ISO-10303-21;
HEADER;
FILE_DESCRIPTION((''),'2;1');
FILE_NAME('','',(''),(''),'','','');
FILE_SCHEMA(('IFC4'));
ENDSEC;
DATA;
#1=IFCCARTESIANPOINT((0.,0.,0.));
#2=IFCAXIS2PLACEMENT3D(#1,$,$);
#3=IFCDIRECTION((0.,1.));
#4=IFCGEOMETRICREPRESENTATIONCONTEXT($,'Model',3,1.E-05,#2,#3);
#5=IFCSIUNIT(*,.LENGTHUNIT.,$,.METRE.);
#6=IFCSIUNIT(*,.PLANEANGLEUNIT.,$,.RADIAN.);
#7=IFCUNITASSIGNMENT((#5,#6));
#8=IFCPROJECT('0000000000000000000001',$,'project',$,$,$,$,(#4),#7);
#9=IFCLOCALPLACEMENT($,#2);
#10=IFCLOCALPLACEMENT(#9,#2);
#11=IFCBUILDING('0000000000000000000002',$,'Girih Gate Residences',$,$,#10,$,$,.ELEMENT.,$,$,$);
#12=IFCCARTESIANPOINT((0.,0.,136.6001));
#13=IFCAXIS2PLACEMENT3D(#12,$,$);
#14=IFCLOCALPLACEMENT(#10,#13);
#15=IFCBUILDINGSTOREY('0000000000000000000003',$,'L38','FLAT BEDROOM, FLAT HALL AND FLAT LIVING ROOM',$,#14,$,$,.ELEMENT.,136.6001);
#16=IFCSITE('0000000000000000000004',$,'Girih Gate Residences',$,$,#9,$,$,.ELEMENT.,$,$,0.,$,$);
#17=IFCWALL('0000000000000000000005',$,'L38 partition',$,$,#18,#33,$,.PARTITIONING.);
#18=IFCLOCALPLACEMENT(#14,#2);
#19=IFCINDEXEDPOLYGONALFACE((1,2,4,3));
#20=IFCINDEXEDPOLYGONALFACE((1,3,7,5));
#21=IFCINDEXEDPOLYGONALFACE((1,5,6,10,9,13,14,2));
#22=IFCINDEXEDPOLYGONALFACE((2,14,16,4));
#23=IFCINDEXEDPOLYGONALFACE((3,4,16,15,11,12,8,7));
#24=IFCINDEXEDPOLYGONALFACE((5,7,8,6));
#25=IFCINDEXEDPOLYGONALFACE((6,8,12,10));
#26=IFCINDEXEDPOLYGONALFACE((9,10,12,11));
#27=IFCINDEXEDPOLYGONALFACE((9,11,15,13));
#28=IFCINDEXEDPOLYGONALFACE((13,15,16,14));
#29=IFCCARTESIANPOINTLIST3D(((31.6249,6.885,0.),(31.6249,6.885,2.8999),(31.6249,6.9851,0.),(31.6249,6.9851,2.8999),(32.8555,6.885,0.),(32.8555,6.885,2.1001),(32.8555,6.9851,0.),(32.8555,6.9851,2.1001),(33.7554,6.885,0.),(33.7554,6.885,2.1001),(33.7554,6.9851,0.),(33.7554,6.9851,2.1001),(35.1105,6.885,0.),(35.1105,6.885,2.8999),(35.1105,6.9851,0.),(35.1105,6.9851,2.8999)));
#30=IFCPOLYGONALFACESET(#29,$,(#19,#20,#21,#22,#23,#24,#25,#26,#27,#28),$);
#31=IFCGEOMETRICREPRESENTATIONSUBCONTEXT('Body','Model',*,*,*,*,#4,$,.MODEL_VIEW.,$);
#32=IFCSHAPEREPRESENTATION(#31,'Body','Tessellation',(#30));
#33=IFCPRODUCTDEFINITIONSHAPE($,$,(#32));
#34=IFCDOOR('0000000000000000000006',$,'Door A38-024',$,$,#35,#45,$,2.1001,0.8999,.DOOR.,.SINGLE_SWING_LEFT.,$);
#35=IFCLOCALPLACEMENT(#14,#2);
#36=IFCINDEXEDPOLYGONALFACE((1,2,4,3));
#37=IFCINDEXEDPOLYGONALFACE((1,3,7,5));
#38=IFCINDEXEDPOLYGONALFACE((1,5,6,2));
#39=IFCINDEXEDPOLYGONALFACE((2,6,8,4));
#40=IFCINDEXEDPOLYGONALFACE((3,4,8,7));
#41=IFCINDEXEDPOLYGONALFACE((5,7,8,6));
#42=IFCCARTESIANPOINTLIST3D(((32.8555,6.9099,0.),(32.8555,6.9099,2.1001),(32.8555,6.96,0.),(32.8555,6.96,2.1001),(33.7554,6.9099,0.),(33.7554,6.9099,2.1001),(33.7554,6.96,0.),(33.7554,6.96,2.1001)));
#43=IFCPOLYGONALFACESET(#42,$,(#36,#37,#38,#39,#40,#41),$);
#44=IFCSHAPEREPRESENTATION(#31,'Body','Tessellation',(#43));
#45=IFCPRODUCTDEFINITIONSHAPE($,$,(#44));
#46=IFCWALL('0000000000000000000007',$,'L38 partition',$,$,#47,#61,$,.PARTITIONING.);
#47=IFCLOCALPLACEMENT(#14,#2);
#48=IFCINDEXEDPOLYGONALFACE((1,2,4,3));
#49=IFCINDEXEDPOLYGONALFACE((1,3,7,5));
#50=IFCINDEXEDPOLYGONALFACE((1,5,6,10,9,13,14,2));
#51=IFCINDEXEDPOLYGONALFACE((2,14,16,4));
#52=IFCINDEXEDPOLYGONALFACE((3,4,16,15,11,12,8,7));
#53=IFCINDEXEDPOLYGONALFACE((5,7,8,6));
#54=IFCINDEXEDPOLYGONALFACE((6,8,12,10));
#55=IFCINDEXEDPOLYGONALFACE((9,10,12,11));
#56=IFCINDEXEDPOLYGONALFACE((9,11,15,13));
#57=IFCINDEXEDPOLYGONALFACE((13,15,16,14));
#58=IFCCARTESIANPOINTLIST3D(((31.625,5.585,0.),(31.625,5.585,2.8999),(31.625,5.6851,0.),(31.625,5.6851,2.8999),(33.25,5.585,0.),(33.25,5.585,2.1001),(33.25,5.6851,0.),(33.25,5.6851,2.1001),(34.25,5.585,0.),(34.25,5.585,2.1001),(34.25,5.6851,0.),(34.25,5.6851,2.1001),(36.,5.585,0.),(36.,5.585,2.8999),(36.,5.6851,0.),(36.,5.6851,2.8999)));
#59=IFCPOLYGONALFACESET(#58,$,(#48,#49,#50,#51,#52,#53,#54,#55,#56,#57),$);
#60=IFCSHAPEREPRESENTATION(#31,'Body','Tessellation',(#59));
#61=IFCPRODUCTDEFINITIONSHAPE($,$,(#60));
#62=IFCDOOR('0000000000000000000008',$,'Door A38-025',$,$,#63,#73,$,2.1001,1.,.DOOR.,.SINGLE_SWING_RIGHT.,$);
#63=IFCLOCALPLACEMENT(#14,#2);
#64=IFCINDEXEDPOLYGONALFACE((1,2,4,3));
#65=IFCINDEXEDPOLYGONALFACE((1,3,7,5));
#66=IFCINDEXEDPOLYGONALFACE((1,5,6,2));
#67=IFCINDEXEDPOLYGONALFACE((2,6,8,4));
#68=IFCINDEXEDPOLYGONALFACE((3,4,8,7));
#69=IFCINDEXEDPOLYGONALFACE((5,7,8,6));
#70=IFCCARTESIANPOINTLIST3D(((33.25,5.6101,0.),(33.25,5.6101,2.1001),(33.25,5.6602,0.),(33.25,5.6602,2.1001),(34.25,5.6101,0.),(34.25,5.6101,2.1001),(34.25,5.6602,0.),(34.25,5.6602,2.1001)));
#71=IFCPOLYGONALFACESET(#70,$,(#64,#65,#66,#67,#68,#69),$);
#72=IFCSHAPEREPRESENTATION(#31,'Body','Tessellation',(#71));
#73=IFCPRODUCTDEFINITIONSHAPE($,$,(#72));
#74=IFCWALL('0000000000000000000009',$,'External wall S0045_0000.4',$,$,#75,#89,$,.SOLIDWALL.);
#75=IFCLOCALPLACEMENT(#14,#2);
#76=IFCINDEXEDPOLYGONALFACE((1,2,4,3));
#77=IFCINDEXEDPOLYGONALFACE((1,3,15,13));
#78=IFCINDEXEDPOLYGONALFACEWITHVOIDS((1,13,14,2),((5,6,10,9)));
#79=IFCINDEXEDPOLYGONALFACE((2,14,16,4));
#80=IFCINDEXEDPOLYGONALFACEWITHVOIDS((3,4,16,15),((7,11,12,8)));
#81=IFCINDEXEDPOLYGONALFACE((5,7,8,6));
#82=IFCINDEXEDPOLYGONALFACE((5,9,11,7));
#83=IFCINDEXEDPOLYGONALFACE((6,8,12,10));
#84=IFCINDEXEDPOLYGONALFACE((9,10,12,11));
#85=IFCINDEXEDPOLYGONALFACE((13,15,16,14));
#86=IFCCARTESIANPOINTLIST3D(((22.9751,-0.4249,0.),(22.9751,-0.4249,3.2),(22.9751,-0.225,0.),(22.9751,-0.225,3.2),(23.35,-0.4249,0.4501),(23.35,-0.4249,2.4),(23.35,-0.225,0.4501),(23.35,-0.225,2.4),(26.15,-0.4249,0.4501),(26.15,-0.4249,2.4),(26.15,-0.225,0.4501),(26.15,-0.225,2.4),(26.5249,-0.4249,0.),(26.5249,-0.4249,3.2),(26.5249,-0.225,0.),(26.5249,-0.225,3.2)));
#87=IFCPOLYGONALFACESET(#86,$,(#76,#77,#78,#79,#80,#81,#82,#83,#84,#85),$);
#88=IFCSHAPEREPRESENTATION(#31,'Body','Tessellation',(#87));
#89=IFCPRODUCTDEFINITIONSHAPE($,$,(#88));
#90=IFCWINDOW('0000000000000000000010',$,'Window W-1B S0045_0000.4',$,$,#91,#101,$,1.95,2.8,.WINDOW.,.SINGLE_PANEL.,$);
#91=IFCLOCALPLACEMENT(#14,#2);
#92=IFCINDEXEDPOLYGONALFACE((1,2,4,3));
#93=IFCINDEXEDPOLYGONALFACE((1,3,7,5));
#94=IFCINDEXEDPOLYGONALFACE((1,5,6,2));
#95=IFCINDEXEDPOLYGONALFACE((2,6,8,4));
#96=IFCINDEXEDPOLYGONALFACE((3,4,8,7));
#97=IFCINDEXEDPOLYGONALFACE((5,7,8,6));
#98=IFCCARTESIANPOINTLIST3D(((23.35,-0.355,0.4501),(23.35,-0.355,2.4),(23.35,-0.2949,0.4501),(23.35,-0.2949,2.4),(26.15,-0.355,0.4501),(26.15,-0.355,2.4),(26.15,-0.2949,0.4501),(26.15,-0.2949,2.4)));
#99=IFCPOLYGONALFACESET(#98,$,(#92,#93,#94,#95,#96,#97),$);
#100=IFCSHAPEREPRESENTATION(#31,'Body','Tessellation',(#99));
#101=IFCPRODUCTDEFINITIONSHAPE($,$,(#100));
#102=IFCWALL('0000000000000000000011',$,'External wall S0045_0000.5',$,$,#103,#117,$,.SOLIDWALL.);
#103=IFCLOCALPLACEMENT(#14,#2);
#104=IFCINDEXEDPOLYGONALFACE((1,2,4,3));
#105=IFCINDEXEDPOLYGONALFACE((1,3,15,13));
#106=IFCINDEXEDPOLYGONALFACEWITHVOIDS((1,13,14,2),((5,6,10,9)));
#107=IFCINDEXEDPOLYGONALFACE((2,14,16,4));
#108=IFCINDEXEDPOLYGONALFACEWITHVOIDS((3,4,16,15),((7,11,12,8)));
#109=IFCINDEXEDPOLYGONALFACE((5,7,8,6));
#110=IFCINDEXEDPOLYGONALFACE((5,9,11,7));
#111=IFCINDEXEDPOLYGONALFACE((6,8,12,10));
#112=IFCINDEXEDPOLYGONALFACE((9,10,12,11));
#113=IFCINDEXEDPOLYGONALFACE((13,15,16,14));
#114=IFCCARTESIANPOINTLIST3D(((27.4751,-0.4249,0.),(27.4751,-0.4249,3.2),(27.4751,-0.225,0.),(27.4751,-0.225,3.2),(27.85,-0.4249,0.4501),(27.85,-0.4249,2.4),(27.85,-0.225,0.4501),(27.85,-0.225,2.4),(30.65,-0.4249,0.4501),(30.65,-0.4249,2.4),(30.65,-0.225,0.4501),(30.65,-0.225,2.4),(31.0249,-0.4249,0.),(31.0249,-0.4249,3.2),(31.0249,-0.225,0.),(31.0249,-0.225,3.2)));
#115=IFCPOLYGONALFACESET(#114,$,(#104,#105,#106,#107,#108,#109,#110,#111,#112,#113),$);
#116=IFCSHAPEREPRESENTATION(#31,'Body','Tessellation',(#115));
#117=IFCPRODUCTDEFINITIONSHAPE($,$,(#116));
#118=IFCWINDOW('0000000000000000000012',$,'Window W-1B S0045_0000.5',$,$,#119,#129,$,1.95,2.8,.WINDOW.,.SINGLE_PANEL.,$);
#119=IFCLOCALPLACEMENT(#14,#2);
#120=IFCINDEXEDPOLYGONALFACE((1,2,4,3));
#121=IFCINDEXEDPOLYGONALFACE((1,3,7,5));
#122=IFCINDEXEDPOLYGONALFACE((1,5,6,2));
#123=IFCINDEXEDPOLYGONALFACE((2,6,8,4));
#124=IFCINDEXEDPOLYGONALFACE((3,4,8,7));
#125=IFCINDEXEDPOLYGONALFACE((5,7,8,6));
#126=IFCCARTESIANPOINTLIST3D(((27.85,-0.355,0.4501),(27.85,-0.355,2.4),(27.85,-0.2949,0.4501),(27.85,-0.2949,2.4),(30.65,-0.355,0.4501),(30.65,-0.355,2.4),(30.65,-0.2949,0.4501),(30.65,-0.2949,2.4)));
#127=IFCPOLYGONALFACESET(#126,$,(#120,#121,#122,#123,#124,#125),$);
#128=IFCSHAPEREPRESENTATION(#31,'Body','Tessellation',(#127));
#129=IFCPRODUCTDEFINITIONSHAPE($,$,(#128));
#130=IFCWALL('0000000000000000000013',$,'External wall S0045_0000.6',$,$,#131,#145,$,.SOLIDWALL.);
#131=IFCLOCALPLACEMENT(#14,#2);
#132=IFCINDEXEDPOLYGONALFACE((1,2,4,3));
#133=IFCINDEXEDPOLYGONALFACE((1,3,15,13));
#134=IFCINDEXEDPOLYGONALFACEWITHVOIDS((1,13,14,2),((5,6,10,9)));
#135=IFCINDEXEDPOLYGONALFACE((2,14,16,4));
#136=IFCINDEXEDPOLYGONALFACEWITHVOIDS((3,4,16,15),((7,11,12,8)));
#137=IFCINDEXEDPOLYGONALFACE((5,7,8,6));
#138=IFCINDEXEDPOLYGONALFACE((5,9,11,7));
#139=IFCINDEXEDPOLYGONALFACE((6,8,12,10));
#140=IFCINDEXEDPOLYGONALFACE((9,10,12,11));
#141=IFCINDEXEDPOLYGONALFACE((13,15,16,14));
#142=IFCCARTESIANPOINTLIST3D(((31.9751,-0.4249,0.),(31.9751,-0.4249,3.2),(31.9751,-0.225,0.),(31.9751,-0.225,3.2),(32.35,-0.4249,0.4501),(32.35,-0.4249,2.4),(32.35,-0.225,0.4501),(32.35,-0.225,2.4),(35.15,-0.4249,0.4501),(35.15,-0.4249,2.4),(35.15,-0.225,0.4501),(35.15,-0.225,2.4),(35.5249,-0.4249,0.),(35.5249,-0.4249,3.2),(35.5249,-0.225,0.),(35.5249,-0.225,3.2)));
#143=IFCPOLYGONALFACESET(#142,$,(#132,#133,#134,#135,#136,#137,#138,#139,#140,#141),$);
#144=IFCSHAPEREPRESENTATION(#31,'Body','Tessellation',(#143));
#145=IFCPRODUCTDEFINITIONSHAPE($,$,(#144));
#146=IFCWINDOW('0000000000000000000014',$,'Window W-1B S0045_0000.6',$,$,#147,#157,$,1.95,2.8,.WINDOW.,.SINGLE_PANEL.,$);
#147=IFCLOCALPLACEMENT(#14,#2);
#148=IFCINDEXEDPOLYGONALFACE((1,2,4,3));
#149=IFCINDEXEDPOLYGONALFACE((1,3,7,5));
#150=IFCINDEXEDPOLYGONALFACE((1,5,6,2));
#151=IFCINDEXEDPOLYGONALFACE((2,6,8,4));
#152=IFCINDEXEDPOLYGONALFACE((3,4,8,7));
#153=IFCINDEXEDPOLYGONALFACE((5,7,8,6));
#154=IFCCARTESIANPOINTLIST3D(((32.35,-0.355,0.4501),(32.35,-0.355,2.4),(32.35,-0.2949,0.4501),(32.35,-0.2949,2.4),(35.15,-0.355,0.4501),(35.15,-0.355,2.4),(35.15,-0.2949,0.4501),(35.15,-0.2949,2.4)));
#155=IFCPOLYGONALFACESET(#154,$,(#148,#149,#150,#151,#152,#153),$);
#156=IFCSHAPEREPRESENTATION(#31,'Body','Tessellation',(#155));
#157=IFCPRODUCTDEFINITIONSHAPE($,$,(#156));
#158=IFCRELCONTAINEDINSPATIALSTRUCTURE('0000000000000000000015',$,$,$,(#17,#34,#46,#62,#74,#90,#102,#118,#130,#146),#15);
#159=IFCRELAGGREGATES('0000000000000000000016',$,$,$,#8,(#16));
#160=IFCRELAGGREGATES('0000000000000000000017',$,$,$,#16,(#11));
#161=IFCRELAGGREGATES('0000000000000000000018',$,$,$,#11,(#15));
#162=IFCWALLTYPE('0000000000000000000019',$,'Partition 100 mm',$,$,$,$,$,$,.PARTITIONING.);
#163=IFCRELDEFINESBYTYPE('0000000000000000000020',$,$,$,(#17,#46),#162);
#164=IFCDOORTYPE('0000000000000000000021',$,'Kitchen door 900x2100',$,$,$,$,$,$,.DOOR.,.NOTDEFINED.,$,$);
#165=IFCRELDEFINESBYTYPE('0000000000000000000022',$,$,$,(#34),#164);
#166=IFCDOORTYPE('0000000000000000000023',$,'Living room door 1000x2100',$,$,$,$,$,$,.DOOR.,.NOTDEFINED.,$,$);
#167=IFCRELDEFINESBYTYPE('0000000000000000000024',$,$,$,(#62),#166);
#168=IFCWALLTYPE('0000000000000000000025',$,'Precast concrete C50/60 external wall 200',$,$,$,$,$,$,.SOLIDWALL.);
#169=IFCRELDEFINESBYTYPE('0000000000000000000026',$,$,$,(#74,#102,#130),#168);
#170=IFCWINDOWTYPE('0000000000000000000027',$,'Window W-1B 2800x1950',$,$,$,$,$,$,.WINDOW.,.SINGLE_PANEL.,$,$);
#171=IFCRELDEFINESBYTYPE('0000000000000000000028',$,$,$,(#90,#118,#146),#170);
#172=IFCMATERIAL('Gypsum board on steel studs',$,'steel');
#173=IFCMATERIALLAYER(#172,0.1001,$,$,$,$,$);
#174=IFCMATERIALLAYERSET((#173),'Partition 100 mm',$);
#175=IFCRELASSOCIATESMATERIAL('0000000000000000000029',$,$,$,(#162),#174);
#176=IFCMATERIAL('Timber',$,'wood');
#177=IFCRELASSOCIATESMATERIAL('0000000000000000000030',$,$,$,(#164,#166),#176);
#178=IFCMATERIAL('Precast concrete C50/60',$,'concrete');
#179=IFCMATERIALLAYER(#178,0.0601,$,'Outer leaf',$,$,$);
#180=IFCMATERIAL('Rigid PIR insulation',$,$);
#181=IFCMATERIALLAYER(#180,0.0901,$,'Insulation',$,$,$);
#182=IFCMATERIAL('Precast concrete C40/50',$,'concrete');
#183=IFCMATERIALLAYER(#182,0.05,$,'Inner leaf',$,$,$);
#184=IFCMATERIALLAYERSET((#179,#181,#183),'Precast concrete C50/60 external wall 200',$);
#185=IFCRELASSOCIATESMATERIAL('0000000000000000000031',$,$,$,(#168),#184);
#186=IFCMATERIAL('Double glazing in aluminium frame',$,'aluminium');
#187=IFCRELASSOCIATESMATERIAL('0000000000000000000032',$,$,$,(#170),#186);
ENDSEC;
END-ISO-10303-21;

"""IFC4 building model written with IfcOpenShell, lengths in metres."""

from ifc_helpers import new_model, si_unit, direction, frame, frame_2d, origin, place, context, subcontext, project, spatial, rectangle, extrude, material, layer, layer_set, type_object, element, fill, save


model = new_model("IFC4")

# Units and contexts
model_context = context("Model", 3, precision=1e-05, world=origin(), true_north=direction((0.0, 1.0)))
body_context = subcontext(model_context, "Body", "Model", "MODEL_VIEW")
ifc_project = project(units=[si_unit("LENGTHUNIT", "METRE"), si_unit("PLANEANGLEUNIT", "RADIAN")], contexts=[model_context])

# Site, building, storey
site_placement = place(None, origin())
site = spatial("IfcSite", under=ifc_project, at=site_placement, Name="Girih Gate Residences", CompositionType="ELEMENT", RefElevation=0.0)
building_placement = place(site_placement, origin())
building = spatial("IfcBuilding", under=site, at=building_placement, Name="Girih Gate Residences", CompositionType="ELEMENT")
storey_placement = place(building_placement, frame((0.0, 0.0, 136.6001)))
storey = spatial("IfcBuildingStorey", under=building, at=storey_placement, Name="L38", Description="FLAT BEDROOM, FLAT HALL AND FLAT LIVING ROOM", CompositionType="ELEMENT", Elevation=136.6001)

# Shared definitions
ifc_material_1 = material(Name="Gypsum board on steel studs", Category="steel")
ifc_layer_1 = layer(ifc_material_1, 0.1001)
ifc_layer_set_1 = layer_set([ifc_layer_1], Name="Partition 100 mm")
wall_type_1 = type_object("IfcWallType", Name="Partition 100 mm", PredefinedType="PARTITIONING", material=ifc_layer_set_1)

# Walls, openings, doors
wall_1_placement = place(storey_placement, frame((31.625, 6.9351, 0.0), z_axis=(0.0, 0.0, 1.0), x_axis=(1.0, 0.0, 0.0)))
wall_1 = element("IfcWall", 1, at=wall_1_placement, inside=storey, type_object=wall_type_1, Name="L38 partition", PredefinedType="PARTITIONING", context=body_context, shape_type="SweptSolid", body=[
    extrude(rectangle(XDim=3.4856, YDim=0.1001, at=frame_2d((1.7427, 0.0))), origin(), (0.0, 0.0, 1.0), 2.8999),
])
opening_1_placement = place(wall_1_placement, frame((1.2305, 0.0, 0.0)))
opening_1 = element("IfcOpeningElement", 2, at=opening_1_placement, cuts=wall_1, PredefinedType="OPENING", context=body_context, shape_type="SweptSolid", body=[
    extrude(rectangle(XDim=0.8999, YDim=2.1001, at=frame_2d((0.45, 1.05))), frame((0.0, 0.0601, 0.0), z_axis=(0.0, -1.0, 0.0), x_axis=(1.0, 0.0, 0.0)), (0.0, 0.0, 1.0), 0.1201),
])
ifc_material_2 = material(Name="Timber", Category="wood")
door_type_1 = type_object("IfcDoorType", Name="Kitchen door 900x2100", OperationType="NOTDEFINED", PredefinedType="DOOR", material=ifc_material_2)
door_1_placement = place(opening_1_placement, origin())
door_1 = element("IfcDoor", 3, at=door_1_placement, inside=storey, type_object=door_type_1, Name="Door A38-024", OperationType="SINGLE_SWING_LEFT", OverallHeight=2.1001, OverallWidth=0.8999, PredefinedType="DOOR", context=body_context, shape_type="SweptSolid", body=[
    extrude(rectangle(XDim=0.8999, YDim=2.1001, at=frame_2d((0.45, 1.05))), frame((0.0, 0.0249, 0.0), z_axis=(0.0, -1.0, 0.0), x_axis=(1.0, 0.0, 0.0)), (0.0, 0.0, 1.0), 0.05),
])
fill(opening_1, door_1)
wall_2_placement = place(storey_placement, frame((36.0, 5.635, 0.0), z_axis=(0.0, 0.0, 1.0), x_axis=(-1.0, 0.0, 0.0)))
wall_2 = element("IfcWall", 4, at=wall_2_placement, inside=storey, type_object=wall_type_1, Name="L38 partition", PredefinedType="PARTITIONING", context=body_context, shape_type="SweptSolid", body=[
    extrude(rectangle(XDim=4.375, YDim=0.1001, at=frame_2d((2.1875, 0.0))), origin(), (0.0, 0.0, 1.0), 2.8999),
])
opening_2_placement = place(wall_2_placement, frame((1.75, 0.0, 0.0)))
opening_2 = element("IfcOpeningElement", 5, at=opening_2_placement, cuts=wall_2, PredefinedType="OPENING", context=body_context, shape_type="SweptSolid", body=[
    extrude(rectangle(XDim=1.0, YDim=2.1001, at=frame_2d((0.5, 1.05))), frame((0.0, 0.0601, 0.0), z_axis=(0.0, -1.0, 0.0), x_axis=(1.0, 0.0, 0.0)), (0.0, 0.0, 1.0), 0.1201),
])
door_type_2 = type_object("IfcDoorType", Name="Living room door 1000x2100", OperationType="NOTDEFINED", PredefinedType="DOOR", material=ifc_material_2)
door_2_placement = place(opening_2_placement, origin())
door_2 = element("IfcDoor", 6, at=door_2_placement, inside=storey, type_object=door_type_2, Name="Door A38-025", OperationType="SINGLE_SWING_RIGHT", OverallHeight=2.1001, OverallWidth=1.0, PredefinedType="DOOR", context=body_context, shape_type="SweptSolid", body=[
    extrude(rectangle(XDim=1.0, YDim=2.1001, at=frame_2d((0.5, 1.05))), frame((0.0, 0.0249, 0.0), z_axis=(0.0, -1.0, 0.0), x_axis=(1.0, 0.0, 0.0)), (0.0, 0.0, 1.0), 0.05),
])
fill(opening_2, door_2)

# Walls, openings, windows
ifc_material_3 = material(Name="Precast concrete C50/60", Category="concrete")
ifc_layer_2 = layer(ifc_material_3, 0.0601, Name="Outer leaf")
ifc_material_4 = material(Name="Rigid PIR insulation")
ifc_layer_3 = layer(ifc_material_4, 0.0901, Name="Insulation")
ifc_material_5 = material(Name="Precast concrete C40/50", Category="concrete")
ifc_layer_4 = layer(ifc_material_5, 0.05, Name="Inner leaf")
ifc_layer_set_2 = layer_set([ifc_layer_2, ifc_layer_3, ifc_layer_4], Name="Precast concrete C50/60 external wall 200")
wall_type_2 = type_object("IfcWallType", Name="Precast concrete C50/60 external wall 200", PredefinedType="SOLIDWALL", material=ifc_layer_set_2)
wall_3_placement = place(storey_placement, frame((26.5249, -0.325, 0.0), z_axis=(0.0, 0.0, 1.0), x_axis=(-1.0, 0.0, 0.0)))
wall_3 = element("IfcWall", 7, at=wall_3_placement, inside=storey, type_object=wall_type_2, Name="External wall S0045_0000.4", PredefinedType="SOLIDWALL", context=body_context, shape_type="SweptSolid", body=[
    extrude(rectangle(XDim=3.5498, YDim=0.2, at=frame_2d((1.7749, 0.0))), origin(), (0.0, 0.0, 1.0), 3.2),
])
opening_3_placement = place(wall_3_placement, frame((0.375, 0.0, 0.45)))
opening_3 = element("IfcOpeningElement", 8, at=opening_3_placement, cuts=wall_3, PredefinedType="OPENING", context=body_context, shape_type="SweptSolid", body=[
    extrude(rectangle(XDim=2.8, YDim=1.95, at=frame_2d((1.3999, 0.9751))), frame((0.0, 0.1099, 0.0), z_axis=(0.0, -1.0, 0.0), x_axis=(1.0, 0.0, 0.0)), (0.0, 0.0, 1.0), 0.22),
])
ifc_material_6 = material(Name="Double glazing in aluminium frame", Category="aluminium")
window_type = type_object("IfcWindowType", Name="Window W-1B 2800x1950", PartitioningType="SINGLE_PANEL", PredefinedType="WINDOW", material=ifc_material_6)
window_1_placement = place(opening_3_placement, origin())
window_1 = element("IfcWindow", 9, at=window_1_placement, inside=storey, type_object=window_type, Name="Window W-1B S0045_0000.4", OverallHeight=1.95, OverallWidth=2.8, PartitioningType="SINGLE_PANEL", PredefinedType="WINDOW", context=body_context, shape_type="SweptSolid", body=[
    extrude(rectangle(XDim=2.8, YDim=1.95, at=frame_2d((1.3999, 0.9751))), frame((0.0, 0.03, 0.0), z_axis=(0.0, -1.0, 0.0), x_axis=(1.0, 0.0, 0.0)), (0.0, 0.0, 1.0), 0.0601),
])
fill(opening_3, window_1)
wall_4_placement = place(storey_placement, frame((31.0249, -0.325, 0.0), z_axis=(0.0, 0.0, 1.0), x_axis=(-1.0, 0.0, 0.0)))
wall_4 = element("IfcWall", 10, at=wall_4_placement, inside=storey, type_object=wall_type_2, Name="External wall S0045_0000.5", PredefinedType="SOLIDWALL", context=body_context, shape_type="SweptSolid", body=[
    extrude(rectangle(XDim=3.5498, YDim=0.2, at=frame_2d((1.7749, 0.0))), origin(), (0.0, 0.0, 1.0), 3.2),
])
opening_4_placement = place(wall_4_placement, frame((0.375, 0.0, 0.45)))
opening_4 = element("IfcOpeningElement", 11, at=opening_4_placement, cuts=wall_4, PredefinedType="OPENING", context=body_context, shape_type="SweptSolid", body=[
    extrude(rectangle(XDim=2.8, YDim=1.95, at=frame_2d((1.3999, 0.9751))), frame((0.0, 0.1099, 0.0), z_axis=(0.0, -1.0, 0.0), x_axis=(1.0, 0.0, 0.0)), (0.0, 0.0, 1.0), 0.22),
])
window_2_placement = place(opening_4_placement, origin())
window_2 = element("IfcWindow", 12, at=window_2_placement, inside=storey, type_object=window_type, Name="Window W-1B S0045_0000.5", OverallHeight=1.95, OverallWidth=2.8, PartitioningType="SINGLE_PANEL", PredefinedType="WINDOW", context=body_context, shape_type="SweptSolid", body=[
    extrude(rectangle(XDim=2.8, YDim=1.95, at=frame_2d((1.3999, 0.9751))), frame((0.0, 0.03, 0.0), z_axis=(0.0, -1.0, 0.0), x_axis=(1.0, 0.0, 0.0)), (0.0, 0.0, 1.0), 0.0601),
])
fill(opening_4, window_2)
wall_5_placement = place(storey_placement, frame((35.5249, -0.325, 0.0), z_axis=(0.0, 0.0, 1.0), x_axis=(-1.0, 0.0, 0.0)))
wall_5 = element("IfcWall", 13, at=wall_5_placement, inside=storey, type_object=wall_type_2, Name="External wall S0045_0000.6", PredefinedType="SOLIDWALL", context=body_context, shape_type="SweptSolid", body=[
    extrude(rectangle(XDim=3.5498, YDim=0.2, at=frame_2d((1.7749, 0.0))), origin(), (0.0, 0.0, 1.0), 3.2),
])
opening_5_placement = place(wall_5_placement, frame((0.375, 0.0, 0.45)))
opening_5 = element("IfcOpeningElement", 14, at=opening_5_placement, cuts=wall_5, PredefinedType="OPENING", context=body_context, shape_type="SweptSolid", body=[
    extrude(rectangle(XDim=2.8, YDim=1.95, at=frame_2d((1.3999, 0.9751))), frame((0.0, 0.1099, 0.0), z_axis=(0.0, -1.0, 0.0), x_axis=(1.0, 0.0, 0.0)), (0.0, 0.0, 1.0), 0.22),
])
window_3_placement = place(opening_5_placement, origin())
window_3 = element("IfcWindow", 15, at=window_3_placement, inside=storey, type_object=window_type, Name="Window W-1B S0045_0000.6", OverallHeight=1.95, OverallWidth=2.8, PartitioningType="SINGLE_PANEL", PredefinedType="WINDOW", context=body_context, shape_type="SweptSolid", body=[
    extrude(rectangle(XDim=2.8, YDim=1.95, at=frame_2d((1.3999, 0.9751))), frame((0.0, 0.03, 0.0), z_axis=(0.0, -1.0, 0.0), x_axis=(1.0, 0.0, 0.0)), (0.0, 0.0, 1.0), 0.0601),
])
fill(opening_5, window_3)

save(model, "model.ifc")
